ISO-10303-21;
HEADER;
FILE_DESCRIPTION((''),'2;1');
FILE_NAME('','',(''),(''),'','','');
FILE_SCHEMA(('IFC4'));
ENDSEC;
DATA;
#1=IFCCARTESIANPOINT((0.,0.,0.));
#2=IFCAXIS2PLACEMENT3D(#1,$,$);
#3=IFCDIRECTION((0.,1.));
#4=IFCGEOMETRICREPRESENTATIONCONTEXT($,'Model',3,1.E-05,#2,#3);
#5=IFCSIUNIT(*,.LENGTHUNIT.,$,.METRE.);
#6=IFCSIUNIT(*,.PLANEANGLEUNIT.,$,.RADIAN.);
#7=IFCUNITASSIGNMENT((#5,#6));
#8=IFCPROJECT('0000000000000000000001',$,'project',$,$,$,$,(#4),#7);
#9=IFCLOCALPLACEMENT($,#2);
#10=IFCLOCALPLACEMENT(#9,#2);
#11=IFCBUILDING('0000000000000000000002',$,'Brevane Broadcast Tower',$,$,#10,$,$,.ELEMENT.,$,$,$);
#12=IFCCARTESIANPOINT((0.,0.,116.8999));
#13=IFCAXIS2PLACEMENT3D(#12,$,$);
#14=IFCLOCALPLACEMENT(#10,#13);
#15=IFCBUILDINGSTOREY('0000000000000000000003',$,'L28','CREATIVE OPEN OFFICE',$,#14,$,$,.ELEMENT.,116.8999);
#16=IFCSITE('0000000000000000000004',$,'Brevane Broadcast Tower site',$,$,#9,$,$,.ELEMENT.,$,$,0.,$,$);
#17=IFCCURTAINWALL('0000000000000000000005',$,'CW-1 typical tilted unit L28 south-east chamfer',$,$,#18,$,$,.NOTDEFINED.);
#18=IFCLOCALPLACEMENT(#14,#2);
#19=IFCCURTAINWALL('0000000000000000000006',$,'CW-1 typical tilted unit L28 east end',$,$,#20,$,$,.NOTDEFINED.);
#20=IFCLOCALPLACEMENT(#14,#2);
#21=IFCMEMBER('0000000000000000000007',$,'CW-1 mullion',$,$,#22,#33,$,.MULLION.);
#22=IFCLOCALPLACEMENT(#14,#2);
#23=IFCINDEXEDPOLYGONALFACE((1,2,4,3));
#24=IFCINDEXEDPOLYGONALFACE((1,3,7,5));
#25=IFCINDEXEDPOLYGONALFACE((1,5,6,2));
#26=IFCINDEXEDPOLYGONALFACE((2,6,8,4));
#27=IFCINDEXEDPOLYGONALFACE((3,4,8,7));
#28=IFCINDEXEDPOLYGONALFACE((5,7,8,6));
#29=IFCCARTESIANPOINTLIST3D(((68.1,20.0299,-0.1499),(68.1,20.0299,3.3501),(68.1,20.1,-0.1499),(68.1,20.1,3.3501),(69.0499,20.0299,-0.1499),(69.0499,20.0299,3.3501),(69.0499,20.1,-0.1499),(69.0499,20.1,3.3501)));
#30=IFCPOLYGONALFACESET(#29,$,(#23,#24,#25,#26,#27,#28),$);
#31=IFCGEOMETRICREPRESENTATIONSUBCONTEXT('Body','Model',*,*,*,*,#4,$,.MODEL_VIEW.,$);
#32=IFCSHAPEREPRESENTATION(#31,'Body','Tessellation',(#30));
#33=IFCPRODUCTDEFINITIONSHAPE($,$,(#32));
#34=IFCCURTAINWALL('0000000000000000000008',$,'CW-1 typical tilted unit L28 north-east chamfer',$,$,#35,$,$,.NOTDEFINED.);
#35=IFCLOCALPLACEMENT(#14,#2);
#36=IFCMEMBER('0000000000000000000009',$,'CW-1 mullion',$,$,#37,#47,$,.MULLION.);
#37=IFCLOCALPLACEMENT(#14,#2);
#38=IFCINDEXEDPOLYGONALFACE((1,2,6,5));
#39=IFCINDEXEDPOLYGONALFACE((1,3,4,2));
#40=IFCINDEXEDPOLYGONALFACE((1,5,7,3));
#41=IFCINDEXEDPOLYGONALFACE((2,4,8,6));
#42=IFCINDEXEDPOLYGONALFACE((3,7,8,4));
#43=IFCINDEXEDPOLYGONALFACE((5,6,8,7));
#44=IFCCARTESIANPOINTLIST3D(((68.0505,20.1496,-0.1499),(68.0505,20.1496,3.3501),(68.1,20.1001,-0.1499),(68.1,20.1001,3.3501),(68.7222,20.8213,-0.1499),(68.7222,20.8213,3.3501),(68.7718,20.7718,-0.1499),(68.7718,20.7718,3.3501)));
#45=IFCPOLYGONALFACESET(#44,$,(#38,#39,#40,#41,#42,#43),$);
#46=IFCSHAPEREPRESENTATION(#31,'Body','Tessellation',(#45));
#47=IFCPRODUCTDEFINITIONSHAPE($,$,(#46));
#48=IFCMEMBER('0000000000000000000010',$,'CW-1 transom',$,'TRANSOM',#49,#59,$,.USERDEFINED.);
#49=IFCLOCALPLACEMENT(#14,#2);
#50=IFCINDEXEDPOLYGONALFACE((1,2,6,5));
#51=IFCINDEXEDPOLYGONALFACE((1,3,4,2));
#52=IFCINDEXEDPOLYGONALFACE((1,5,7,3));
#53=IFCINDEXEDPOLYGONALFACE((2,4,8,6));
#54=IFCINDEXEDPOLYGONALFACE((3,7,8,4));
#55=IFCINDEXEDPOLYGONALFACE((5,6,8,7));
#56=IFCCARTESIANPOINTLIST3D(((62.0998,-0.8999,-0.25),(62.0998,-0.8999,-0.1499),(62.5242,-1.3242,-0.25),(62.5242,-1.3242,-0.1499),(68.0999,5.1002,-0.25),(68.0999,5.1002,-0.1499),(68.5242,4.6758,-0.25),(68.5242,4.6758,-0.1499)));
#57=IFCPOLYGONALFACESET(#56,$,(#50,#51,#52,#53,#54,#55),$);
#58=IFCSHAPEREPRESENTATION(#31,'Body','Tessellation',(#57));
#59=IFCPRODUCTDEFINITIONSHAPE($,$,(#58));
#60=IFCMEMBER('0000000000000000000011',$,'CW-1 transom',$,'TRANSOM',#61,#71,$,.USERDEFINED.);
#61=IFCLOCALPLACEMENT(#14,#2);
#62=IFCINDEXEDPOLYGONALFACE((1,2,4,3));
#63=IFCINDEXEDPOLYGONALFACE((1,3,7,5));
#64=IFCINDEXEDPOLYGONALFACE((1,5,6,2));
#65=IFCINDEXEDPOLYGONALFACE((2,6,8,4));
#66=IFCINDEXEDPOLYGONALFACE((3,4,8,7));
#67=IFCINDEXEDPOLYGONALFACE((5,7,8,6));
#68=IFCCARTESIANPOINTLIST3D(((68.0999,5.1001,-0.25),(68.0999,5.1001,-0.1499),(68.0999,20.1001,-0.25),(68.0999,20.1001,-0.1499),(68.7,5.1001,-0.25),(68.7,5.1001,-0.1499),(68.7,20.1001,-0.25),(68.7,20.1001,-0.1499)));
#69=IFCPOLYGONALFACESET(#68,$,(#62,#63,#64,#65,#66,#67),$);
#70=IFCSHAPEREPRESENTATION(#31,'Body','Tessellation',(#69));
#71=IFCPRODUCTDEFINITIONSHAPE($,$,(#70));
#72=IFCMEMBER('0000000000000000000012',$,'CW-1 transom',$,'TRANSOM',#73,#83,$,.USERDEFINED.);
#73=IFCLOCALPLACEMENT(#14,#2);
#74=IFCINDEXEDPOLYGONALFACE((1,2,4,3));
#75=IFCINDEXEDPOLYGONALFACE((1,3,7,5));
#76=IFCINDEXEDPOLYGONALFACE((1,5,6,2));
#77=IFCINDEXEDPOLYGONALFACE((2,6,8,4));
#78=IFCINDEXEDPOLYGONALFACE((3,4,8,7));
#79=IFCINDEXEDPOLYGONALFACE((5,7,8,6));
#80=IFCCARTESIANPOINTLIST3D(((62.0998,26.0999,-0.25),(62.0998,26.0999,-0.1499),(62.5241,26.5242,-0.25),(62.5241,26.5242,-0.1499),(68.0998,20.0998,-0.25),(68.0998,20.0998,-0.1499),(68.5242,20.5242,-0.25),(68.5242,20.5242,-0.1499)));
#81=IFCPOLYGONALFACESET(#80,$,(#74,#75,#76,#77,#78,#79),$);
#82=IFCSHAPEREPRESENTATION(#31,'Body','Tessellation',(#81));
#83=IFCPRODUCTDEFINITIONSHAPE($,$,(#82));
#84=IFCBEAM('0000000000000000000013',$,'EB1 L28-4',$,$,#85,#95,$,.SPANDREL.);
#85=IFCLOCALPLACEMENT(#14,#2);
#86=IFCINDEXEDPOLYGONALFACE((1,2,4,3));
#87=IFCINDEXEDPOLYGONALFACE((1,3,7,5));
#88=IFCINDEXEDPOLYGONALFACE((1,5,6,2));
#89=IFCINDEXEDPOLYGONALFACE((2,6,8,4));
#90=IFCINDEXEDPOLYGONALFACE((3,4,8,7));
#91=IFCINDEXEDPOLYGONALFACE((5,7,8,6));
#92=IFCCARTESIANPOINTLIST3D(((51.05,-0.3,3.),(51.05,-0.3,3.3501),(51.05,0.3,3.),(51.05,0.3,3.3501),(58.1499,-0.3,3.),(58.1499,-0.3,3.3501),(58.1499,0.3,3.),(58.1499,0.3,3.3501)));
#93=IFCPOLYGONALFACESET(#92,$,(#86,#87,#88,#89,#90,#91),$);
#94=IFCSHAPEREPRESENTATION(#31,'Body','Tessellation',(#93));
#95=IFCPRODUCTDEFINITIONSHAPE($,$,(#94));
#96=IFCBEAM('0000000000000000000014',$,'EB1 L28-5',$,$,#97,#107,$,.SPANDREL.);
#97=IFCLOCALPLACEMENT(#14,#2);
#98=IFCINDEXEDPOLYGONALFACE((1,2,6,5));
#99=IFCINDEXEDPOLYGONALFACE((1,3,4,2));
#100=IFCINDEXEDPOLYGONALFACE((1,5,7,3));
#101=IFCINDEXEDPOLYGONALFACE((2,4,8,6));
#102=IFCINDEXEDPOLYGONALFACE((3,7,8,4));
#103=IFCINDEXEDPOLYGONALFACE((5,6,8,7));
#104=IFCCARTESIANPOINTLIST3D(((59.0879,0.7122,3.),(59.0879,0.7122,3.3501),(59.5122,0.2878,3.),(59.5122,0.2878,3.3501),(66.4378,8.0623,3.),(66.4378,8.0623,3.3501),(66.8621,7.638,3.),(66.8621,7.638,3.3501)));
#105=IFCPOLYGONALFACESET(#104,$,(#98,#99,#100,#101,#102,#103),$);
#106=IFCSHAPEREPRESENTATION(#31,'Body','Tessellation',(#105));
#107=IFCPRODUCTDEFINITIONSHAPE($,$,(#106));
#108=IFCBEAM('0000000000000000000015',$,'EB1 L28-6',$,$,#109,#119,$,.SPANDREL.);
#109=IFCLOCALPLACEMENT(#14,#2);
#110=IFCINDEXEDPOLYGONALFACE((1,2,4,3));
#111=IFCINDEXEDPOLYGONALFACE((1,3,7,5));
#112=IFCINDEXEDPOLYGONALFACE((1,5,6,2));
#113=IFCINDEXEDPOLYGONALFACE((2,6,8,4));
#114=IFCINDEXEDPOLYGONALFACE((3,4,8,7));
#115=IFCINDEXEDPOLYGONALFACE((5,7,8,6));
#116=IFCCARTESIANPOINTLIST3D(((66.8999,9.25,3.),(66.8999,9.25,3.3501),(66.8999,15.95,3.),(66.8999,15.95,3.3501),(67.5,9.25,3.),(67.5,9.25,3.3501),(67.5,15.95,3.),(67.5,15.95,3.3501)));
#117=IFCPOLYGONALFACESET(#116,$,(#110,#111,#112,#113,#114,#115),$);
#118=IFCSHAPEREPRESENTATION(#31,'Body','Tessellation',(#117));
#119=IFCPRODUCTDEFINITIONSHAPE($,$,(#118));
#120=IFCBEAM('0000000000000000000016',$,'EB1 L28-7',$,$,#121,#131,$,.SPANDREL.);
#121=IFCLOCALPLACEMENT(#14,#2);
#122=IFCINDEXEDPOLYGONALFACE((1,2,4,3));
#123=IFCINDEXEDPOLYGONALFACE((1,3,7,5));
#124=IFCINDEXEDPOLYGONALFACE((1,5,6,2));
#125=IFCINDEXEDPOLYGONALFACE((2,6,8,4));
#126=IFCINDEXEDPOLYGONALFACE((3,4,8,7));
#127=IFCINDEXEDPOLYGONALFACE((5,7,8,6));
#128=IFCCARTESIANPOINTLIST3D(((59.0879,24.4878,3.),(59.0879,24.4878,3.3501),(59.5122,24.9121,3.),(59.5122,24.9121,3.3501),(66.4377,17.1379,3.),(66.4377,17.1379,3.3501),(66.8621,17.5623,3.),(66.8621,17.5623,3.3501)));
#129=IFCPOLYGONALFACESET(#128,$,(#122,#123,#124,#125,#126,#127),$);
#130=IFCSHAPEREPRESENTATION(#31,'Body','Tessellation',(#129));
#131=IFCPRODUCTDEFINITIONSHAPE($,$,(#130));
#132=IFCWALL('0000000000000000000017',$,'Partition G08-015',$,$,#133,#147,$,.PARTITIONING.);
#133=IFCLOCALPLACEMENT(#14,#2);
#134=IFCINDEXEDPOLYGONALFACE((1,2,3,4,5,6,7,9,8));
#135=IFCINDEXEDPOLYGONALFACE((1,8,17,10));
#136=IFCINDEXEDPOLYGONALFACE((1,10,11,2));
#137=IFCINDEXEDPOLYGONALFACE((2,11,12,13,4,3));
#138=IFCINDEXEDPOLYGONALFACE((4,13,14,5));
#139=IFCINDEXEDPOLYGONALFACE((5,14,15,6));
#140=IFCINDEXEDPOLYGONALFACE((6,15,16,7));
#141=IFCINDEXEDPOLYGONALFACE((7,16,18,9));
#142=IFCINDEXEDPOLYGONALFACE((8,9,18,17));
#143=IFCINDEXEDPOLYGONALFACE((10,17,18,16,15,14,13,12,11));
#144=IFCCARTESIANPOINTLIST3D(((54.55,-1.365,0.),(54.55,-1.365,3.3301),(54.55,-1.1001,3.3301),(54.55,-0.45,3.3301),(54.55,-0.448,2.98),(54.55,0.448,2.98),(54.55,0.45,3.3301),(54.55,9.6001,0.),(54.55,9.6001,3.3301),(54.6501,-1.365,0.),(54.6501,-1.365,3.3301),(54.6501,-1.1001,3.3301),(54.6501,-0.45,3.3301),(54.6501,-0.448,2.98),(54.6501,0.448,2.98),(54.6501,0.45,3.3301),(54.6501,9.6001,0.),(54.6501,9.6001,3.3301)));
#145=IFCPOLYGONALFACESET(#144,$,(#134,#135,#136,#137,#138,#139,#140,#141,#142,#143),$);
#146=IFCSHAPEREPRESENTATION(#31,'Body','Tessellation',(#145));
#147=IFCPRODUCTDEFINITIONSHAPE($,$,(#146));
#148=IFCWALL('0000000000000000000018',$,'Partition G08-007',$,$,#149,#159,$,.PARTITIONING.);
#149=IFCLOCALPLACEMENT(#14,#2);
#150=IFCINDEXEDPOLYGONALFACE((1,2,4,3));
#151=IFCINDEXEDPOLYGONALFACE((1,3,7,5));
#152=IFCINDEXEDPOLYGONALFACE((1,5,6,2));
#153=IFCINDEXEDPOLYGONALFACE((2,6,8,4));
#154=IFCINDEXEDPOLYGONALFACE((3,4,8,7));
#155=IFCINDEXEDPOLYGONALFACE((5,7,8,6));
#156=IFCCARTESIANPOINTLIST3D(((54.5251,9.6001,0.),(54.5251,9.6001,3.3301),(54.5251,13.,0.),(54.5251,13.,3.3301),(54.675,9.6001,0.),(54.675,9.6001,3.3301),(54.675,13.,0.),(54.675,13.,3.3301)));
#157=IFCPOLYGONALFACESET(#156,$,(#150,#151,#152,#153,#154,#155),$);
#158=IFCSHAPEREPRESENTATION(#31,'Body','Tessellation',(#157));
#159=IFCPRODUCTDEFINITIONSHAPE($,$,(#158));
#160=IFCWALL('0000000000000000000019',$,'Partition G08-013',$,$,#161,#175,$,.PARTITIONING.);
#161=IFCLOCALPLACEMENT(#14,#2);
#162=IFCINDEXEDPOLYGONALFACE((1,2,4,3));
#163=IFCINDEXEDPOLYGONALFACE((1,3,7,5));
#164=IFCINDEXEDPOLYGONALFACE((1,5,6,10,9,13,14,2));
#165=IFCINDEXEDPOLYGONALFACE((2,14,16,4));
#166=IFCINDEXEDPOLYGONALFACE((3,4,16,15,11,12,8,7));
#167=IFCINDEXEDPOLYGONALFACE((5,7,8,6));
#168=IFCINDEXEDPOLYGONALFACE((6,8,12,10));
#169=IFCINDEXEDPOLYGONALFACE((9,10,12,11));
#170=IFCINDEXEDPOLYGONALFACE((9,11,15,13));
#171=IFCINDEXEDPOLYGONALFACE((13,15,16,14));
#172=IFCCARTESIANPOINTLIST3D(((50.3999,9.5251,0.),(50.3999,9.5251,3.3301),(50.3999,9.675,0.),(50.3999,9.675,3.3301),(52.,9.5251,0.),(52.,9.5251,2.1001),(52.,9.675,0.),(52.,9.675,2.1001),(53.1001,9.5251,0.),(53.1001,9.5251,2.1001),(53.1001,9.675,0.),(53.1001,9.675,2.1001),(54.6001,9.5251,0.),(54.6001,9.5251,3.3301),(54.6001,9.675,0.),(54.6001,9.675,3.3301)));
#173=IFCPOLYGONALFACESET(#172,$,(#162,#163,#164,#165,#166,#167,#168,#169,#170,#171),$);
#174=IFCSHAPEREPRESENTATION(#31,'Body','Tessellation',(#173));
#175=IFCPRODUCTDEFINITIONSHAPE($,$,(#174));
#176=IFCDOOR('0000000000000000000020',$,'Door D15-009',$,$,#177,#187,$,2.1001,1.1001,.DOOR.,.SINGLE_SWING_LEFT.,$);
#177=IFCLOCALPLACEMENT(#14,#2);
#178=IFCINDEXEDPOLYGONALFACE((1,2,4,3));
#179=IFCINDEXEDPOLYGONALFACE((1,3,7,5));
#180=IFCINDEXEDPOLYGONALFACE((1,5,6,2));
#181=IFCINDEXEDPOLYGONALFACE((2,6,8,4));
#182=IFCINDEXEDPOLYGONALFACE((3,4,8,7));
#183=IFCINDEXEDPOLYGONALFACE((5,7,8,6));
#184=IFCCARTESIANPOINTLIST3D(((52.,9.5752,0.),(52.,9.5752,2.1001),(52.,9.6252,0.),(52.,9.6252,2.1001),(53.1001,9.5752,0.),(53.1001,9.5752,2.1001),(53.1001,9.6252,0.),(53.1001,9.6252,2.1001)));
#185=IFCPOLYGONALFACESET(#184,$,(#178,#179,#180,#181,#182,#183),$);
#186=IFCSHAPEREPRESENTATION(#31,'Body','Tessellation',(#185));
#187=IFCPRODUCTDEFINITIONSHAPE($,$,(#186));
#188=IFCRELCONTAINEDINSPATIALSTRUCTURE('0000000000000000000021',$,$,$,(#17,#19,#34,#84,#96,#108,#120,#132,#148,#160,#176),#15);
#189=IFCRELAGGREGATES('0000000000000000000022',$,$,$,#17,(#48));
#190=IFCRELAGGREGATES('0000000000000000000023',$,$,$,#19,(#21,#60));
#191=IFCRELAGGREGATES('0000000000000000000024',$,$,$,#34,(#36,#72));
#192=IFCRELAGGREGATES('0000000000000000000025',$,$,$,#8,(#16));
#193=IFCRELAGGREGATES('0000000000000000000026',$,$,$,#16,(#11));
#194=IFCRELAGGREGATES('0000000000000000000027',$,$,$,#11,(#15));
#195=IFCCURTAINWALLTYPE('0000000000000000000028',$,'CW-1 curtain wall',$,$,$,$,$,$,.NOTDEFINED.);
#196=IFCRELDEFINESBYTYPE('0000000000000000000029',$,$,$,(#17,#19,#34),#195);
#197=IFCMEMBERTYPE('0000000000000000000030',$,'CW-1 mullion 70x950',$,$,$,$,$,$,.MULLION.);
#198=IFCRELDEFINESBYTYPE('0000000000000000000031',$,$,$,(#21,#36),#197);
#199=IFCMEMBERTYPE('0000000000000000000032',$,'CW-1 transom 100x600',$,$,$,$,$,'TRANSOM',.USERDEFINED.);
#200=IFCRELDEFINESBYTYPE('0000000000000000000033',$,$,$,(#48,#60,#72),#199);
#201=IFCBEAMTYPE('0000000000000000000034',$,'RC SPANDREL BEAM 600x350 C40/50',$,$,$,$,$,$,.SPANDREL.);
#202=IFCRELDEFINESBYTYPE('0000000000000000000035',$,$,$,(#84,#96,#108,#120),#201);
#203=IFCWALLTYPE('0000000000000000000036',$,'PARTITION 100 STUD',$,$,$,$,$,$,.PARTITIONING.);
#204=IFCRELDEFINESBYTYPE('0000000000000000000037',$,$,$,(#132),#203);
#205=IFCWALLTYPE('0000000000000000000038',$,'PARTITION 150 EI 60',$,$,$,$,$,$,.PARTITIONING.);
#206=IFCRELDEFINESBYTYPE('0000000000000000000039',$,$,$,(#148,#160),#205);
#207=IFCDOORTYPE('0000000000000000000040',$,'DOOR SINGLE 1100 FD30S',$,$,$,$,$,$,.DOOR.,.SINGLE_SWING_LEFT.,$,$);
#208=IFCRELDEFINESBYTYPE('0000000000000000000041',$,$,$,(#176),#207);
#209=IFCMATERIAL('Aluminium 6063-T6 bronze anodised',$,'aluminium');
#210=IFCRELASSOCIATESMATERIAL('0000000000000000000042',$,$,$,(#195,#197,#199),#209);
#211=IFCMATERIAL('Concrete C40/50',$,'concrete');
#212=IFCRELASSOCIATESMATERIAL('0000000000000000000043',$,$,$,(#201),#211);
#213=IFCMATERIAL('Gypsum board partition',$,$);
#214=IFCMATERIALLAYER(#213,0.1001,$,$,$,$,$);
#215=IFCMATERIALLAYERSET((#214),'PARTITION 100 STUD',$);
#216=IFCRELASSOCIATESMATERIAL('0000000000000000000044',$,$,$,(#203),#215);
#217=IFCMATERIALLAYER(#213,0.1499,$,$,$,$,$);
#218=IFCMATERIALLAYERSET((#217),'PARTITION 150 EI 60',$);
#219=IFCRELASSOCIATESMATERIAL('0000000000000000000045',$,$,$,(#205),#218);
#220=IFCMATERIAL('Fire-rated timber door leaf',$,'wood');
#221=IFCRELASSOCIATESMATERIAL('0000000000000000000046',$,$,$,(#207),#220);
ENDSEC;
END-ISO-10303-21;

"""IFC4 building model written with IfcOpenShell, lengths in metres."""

from ifc_helpers import new_model, si_unit, direction, frame, frame_2d, origin, origin_2d, place, context, subcontext, project, spatial, polyline, rectangle, outline, extrude, material, layer, layer_set, material_profile, profile_set, type_object, element, fill, aggregate, save


model = new_model("IFC4")

# Units and contexts
model_context = context("Model", 3, precision=1e-05, world=origin(), true_north=direction((0.0, 1.0)))
body_context = subcontext(model_context, "Body", "Model", "MODEL_VIEW")
ifc_project = project(units=[si_unit("LENGTHUNIT", "METRE"), si_unit("PLANEANGLEUNIT", "RADIAN")], contexts=[model_context])

# Site, building, storey
site_placement = place(None, origin())
site = spatial("IfcSite", under=ifc_project, at=site_placement, Name="Brevane Broadcast Tower site", CompositionType="ELEMENT", RefElevation=0.0)
building_placement = place(site_placement, origin())
building = spatial("IfcBuilding", under=site, at=building_placement, Name="Brevane Broadcast Tower", CompositionType="ELEMENT")
storey_placement = place(building_placement, frame((0.0, 0.0, 116.8999)))
storey = spatial("IfcBuildingStorey", under=building, at=storey_placement, Name="L28", Description="CREATIVE OPEN OFFICE", CompositionType="ELEMENT", Elevation=116.8999)

# Curtain walls, member
ifc_material_1 = material(Name="Aluminium 6063-T6 bronze anodised", Category="aluminium")
curtain_wall_type = type_object("IfcCurtainWallType", Name="CW-1 curtain wall", PredefinedType="NOTDEFINED", material=ifc_material_1)
ifc_material_profile_1 = material_profile(ifc_material_1, rectangle(XDim=0.95, YDim=0.0701, at=origin_2d()), Name="RECT 70x950")
ifc_profile_set_1 = profile_set([ifc_material_profile_1], Name="Aluminium 6063-T6 bronze anodised")
member_type_1 = type_object("IfcMemberType", Name="CW-1 mullion 70x950", PredefinedType="MULLION", material=ifc_profile_set_1)
curtain_wall_1_placement = place(storey_placement, origin())
curtain_wall_1 = element("IfcCurtainWall", 1, at=curtain_wall_1_placement, inside=storey, type_object=curtain_wall_type, Name="CW-1 typical tilted unit L28 south-east chamfer", PredefinedType="NOTDEFINED")
curtain_wall_2_placement = place(storey_placement, origin())
curtain_wall_2 = element("IfcCurtainWall", 2, at=curtain_wall_2_placement, inside=storey, type_object=curtain_wall_type, Name="CW-1 typical tilted unit L28 east end", PredefinedType="NOTDEFINED")
member_1_placement = place(storey_placement, frame((68.575, 20.0649, -0.1499), z_axis=(0.0, 0.0, 1.0), x_axis=(-1.0, 0.0, 0.0)))
member_1 = element("IfcMember", 3, at=member_1_placement, type_object=member_type_1, Name="CW-1 mullion", PredefinedType="MULLION", context=body_context, shape_type="SweptSolid", body=[
    extrude(rectangle(XDim=0.95, YDim=0.0701, at=origin_2d()), origin(), (0.0, 0.0, 1.0), 3.5),
])

# Curtain wall, member
curtain_wall_3_placement = place(storey_placement, origin())
curtain_wall_3 = element("IfcCurtainWall", 4, at=curtain_wall_3_placement, inside=storey, type_object=curtain_wall_type, Name="CW-1 typical tilted unit L28 north-east chamfer", PredefinedType="NOTDEFINED")
member_2_placement = place(storey_placement, frame((68.4111, 20.4607, -0.1499), z_axis=(0.0, 0.0, 1.0), x_axis=(-0.707107, -0.707107, 0.0)))
member_2 = element("IfcMember", 5, at=member_2_placement, type_object=member_type_1, Name="CW-1 mullion", PredefinedType="MULLION", context=body_context, shape_type="SweptSolid", body=[
    extrude(rectangle(XDim=0.95, YDim=0.0701, at=origin_2d()), origin(), (0.0, 0.0, 1.0), 3.5),
])

# Members
ifc_material_profile_2 = material_profile(ifc_material_1, rectangle(XDim=0.6001, YDim=0.1001, at=origin_2d()), Name="RECT 100x600")
ifc_profile_set_2 = profile_set([ifc_material_profile_2], Name="Aluminium 6063-T6 bronze anodised")
member_type_2 = type_object("IfcMemberType", Name="CW-1 transom 100x600", ElementType="TRANSOM", PredefinedType="USERDEFINED", material=ifc_profile_set_2)
member_3_placement = place(storey_placement, frame((62.312, -1.1121, -0.2), z_axis=(0.707107, 0.707107, 0.0), x_axis=(-0.707107, 0.707107, 0.0)))
member_3 = element("IfcMember", 6, at=member_3_placement, type_object=member_type_2, Name="CW-1 transom", ObjectType="TRANSOM", PredefinedType="USERDEFINED", context=body_context, shape_type="SweptSolid", body=[
    extrude(rectangle(XDim=0.6001, YDim=0.1001, at=origin_2d()), origin(), (0.0, 0.0, 1.0), 8.4854),
])
aggregate(curtain_wall_1, [member_3])
member_4_placement = place(storey_placement, frame((68.3999, 5.1001, -0.2), z_axis=(0.0, 1.0, 0.0), x_axis=(-1.0, 0.0, 0.0)))
member_4 = element("IfcMember", 7, at=member_4_placement, type_object=member_type_2, Name="CW-1 transom", ObjectType="TRANSOM", PredefinedType="USERDEFINED", context=body_context, shape_type="SweptSolid", body=[
    extrude(rectangle(XDim=0.6001, YDim=0.1001, at=origin_2d()), origin(), (0.0, 0.0, 1.0), 15.0),
])
aggregate(curtain_wall_2, [member_1, member_4])
member_5_placement = place(storey_placement, frame((68.312, 20.312, -0.2), z_axis=(-0.707107, 0.707107, 0.0), x_axis=(-0.707107, -0.707107, 0.0)))
member_5 = element("IfcMember", 8, at=member_5_placement, type_object=member_type_2, Name="CW-1 transom", ObjectType="TRANSOM", PredefinedType="USERDEFINED", context=body_context, shape_type="SweptSolid", body=[
    extrude(rectangle(XDim=0.6001, YDim=0.1001, at=origin_2d()), origin(), (0.0, 0.0, 1.0), 8.4854),
])
aggregate(curtain_wall_3, [member_2, member_5])

# Beams
ifc_material_2 = material(Name="Concrete C40/50", Category="concrete")
ifc_material_profile_3 = material_profile(ifc_material_2, rectangle(XDim=0.6001, YDim=0.3501, at=origin_2d()), Name="RC 600x350")
ifc_profile_set_3 = profile_set([ifc_material_profile_3], Name="Concrete C40/50")
beam_type = type_object("IfcBeamType", Name="RC SPANDREL BEAM 600x350 C40/50", PredefinedType="SPANDREL", material=ifc_profile_set_3)
beam_1_placement = place(storey_placement, frame((51.05, 0.0, 3.175), z_axis=(1.0, 0.0, 0.0), x_axis=(0.0, 1.0, 0.0)))
element("IfcBeam", 9, at=beam_1_placement, inside=storey, type_object=beam_type, Name="EB1 L28-4", PredefinedType="SPANDREL", context=body_context, shape_type="SweptSolid", body=[
    extrude(rectangle(XDim=0.6001, YDim=0.3501, at=origin_2d()), origin(), (0.0, 0.0, 1.0), 7.0999),
])
beam_2_placement = place(storey_placement, frame((59.3, 0.5, 3.175), z_axis=(0.707095, 0.707119, 0.0), x_axis=(-0.707119, 0.707095, 0.0)))
element("IfcBeam", 10, at=beam_2_placement, inside=storey, type_object=beam_type, Name="EB1 L28-5", PredefinedType="SPANDREL", context=body_context, shape_type="SweptSolid", body=[
    extrude(rectangle(XDim=0.6001, YDim=0.3501, at=origin_2d()), origin(), (0.0, 0.0, 1.0), 10.3945),
])
beam_3_placement = place(storey_placement, frame((67.2, 9.25, 3.175), z_axis=(0.0, 1.0, 0.0), x_axis=(-1.0, 0.0, 0.0)))
element("IfcBeam", 11, at=beam_3_placement, inside=storey, type_object=beam_type, Name="EB1 L28-6", PredefinedType="SPANDREL", context=body_context, shape_type="SweptSolid", body=[
    extrude(rectangle(XDim=0.6001, YDim=0.3501, at=origin_2d()), origin(), (0.0, 0.0, 1.0), 6.7),
])
beam_4_placement = place(storey_placement, frame((66.6499, 17.3501, 3.175), z_axis=(-0.707107, 0.707107, 0.0), x_axis=(-0.707107, -0.707107, 0.0)))
element("IfcBeam", 12, at=beam_4_placement, inside=storey, type_object=beam_type, Name="EB1 L28-7", PredefinedType="SPANDREL", context=body_context, shape_type="SweptSolid", body=[
    extrude(rectangle(XDim=0.6001, YDim=0.3501, at=origin_2d()), origin(), (0.0, 0.0, 1.0), 10.3943),
])

# Walls
ifc_material_3 = material(Name="Gypsum board partition")
ifc_layer_1 = layer(ifc_material_3, 0.1001)
ifc_layer_set_1 = layer_set([ifc_layer_1], Name="PARTITION 100 STUD")
wall_type_1 = type_object("IfcWallType", Name="PARTITION 100 STUD", PredefinedType="PARTITIONING", material=ifc_layer_set_1)
wall_1_placement = place(storey_placement, frame((54.6001, -1.365, 0.0), z_axis=(0.0, 0.0, 1.0), x_axis=(0.0, 1.0, 0.0)))
element("IfcWall", 13, at=wall_1_placement, inside=storey, type_object=wall_type_1, Name="Partition G08-015", PredefinedType="PARTITIONING", context=body_context, shape_type="SweptSolid", body=[
    extrude(outline(polyline([(0.0, 0.0), (10.9651, 0.0), (10.9651, 3.3301), (1.8149, 3.3301), (1.813, 2.98), (0.917, 2.98), (0.915, 3.3301), (0.2649, 3.3301), (0.0, 3.3301), (0.0, 0.0)])), frame((0.0, 0.05, 0.0), z_axis=(0.0, -1.0, 0.0), x_axis=(1.0, 0.0, 0.0)), (0.0, 0.0, 1.0), 0.1001),
])
ifc_layer_2 = layer(ifc_material_3, 0.1499)
ifc_layer_set_2 = layer_set([ifc_layer_2], Name="PARTITION 150 EI 60")
wall_type_2 = type_object("IfcWallType", Name="PARTITION 150 EI 60", PredefinedType="PARTITIONING", material=ifc_layer_set_2)
wall_2_placement = place(storey_placement, frame((54.6001, 13.0, 0.0), z_axis=(0.0, 0.0, 1.0), x_axis=(0.0, -1.0, 0.0)))
element("IfcWall", 14, at=wall_2_placement, inside=storey, type_object=wall_type_2, Name="Partition G08-007", PredefinedType="PARTITIONING", context=body_context, shape_type="SweptSolid", body=[
    extrude(rectangle(XDim=3.3999, YDim=0.1499, at=frame_2d((1.7, 0.0))), origin(), (0.0, 0.0, 1.0), 3.3301),
])

# Wall, opening, door
wall_3_placement = place(storey_placement, frame((54.6001, 9.6001, 0.0), z_axis=(0.0, 0.0, 1.0), x_axis=(-1.0, 0.0, 0.0)))
wall_3 = element("IfcWall", 15, at=wall_3_placement, inside=storey, type_object=wall_type_2, Name="Partition G08-013", PredefinedType="PARTITIONING", context=body_context, shape_type="SweptSolid", body=[
    extrude(rectangle(XDim=4.2002, YDim=0.1499, at=frame_2d((2.1001, 0.0))), origin(), (0.0, 0.0, 1.0), 3.3301),
])
opening_placement = place(wall_3_placement, frame((1.5, 0.0, 0.0)))
opening = element("IfcOpeningElement", 16, at=opening_placement, cuts=wall_3, PredefinedType="OPENING", context=body_context, shape_type="SweptSolid", body=[
    extrude(rectangle(XDim=1.1001, YDim=2.1001, at=frame_2d((0.55, 1.05))), frame((0.0, 0.085, 0.0), z_axis=(0.0, -1.0, 0.0), x_axis=(1.0, 0.0, 0.0)), (0.0, 0.0, 1.0), 0.1699),
])
ifc_material_4 = material(Name="Fire-rated timber door leaf", Category="wood")
door_type = type_object("IfcDoorType", Name="DOOR SINGLE 1100 FD30S", OperationType="SINGLE_SWING_LEFT", PredefinedType="DOOR", material=ifc_material_4)
door_placement = place(opening_placement, origin())
door = element("IfcDoor", 17, at=door_placement, inside=storey, type_object=door_type, Name="Door D15-009", OperationType="SINGLE_SWING_LEFT", OverallHeight=2.1001, OverallWidth=1.1001, PredefinedType="DOOR", context=body_context, shape_type="SweptSolid", body=[
    extrude(rectangle(XDim=1.1001, YDim=2.1001, at=frame_2d((0.55, 1.05))), frame((0.0, 0.0249, 0.0), z_axis=(0.0, -1.0, 0.0), x_axis=(1.0, 0.0, 0.0)), (0.0, 0.0, 1.0), 0.05),
])
fill(opening, door)

save(model, "model.ifc")
